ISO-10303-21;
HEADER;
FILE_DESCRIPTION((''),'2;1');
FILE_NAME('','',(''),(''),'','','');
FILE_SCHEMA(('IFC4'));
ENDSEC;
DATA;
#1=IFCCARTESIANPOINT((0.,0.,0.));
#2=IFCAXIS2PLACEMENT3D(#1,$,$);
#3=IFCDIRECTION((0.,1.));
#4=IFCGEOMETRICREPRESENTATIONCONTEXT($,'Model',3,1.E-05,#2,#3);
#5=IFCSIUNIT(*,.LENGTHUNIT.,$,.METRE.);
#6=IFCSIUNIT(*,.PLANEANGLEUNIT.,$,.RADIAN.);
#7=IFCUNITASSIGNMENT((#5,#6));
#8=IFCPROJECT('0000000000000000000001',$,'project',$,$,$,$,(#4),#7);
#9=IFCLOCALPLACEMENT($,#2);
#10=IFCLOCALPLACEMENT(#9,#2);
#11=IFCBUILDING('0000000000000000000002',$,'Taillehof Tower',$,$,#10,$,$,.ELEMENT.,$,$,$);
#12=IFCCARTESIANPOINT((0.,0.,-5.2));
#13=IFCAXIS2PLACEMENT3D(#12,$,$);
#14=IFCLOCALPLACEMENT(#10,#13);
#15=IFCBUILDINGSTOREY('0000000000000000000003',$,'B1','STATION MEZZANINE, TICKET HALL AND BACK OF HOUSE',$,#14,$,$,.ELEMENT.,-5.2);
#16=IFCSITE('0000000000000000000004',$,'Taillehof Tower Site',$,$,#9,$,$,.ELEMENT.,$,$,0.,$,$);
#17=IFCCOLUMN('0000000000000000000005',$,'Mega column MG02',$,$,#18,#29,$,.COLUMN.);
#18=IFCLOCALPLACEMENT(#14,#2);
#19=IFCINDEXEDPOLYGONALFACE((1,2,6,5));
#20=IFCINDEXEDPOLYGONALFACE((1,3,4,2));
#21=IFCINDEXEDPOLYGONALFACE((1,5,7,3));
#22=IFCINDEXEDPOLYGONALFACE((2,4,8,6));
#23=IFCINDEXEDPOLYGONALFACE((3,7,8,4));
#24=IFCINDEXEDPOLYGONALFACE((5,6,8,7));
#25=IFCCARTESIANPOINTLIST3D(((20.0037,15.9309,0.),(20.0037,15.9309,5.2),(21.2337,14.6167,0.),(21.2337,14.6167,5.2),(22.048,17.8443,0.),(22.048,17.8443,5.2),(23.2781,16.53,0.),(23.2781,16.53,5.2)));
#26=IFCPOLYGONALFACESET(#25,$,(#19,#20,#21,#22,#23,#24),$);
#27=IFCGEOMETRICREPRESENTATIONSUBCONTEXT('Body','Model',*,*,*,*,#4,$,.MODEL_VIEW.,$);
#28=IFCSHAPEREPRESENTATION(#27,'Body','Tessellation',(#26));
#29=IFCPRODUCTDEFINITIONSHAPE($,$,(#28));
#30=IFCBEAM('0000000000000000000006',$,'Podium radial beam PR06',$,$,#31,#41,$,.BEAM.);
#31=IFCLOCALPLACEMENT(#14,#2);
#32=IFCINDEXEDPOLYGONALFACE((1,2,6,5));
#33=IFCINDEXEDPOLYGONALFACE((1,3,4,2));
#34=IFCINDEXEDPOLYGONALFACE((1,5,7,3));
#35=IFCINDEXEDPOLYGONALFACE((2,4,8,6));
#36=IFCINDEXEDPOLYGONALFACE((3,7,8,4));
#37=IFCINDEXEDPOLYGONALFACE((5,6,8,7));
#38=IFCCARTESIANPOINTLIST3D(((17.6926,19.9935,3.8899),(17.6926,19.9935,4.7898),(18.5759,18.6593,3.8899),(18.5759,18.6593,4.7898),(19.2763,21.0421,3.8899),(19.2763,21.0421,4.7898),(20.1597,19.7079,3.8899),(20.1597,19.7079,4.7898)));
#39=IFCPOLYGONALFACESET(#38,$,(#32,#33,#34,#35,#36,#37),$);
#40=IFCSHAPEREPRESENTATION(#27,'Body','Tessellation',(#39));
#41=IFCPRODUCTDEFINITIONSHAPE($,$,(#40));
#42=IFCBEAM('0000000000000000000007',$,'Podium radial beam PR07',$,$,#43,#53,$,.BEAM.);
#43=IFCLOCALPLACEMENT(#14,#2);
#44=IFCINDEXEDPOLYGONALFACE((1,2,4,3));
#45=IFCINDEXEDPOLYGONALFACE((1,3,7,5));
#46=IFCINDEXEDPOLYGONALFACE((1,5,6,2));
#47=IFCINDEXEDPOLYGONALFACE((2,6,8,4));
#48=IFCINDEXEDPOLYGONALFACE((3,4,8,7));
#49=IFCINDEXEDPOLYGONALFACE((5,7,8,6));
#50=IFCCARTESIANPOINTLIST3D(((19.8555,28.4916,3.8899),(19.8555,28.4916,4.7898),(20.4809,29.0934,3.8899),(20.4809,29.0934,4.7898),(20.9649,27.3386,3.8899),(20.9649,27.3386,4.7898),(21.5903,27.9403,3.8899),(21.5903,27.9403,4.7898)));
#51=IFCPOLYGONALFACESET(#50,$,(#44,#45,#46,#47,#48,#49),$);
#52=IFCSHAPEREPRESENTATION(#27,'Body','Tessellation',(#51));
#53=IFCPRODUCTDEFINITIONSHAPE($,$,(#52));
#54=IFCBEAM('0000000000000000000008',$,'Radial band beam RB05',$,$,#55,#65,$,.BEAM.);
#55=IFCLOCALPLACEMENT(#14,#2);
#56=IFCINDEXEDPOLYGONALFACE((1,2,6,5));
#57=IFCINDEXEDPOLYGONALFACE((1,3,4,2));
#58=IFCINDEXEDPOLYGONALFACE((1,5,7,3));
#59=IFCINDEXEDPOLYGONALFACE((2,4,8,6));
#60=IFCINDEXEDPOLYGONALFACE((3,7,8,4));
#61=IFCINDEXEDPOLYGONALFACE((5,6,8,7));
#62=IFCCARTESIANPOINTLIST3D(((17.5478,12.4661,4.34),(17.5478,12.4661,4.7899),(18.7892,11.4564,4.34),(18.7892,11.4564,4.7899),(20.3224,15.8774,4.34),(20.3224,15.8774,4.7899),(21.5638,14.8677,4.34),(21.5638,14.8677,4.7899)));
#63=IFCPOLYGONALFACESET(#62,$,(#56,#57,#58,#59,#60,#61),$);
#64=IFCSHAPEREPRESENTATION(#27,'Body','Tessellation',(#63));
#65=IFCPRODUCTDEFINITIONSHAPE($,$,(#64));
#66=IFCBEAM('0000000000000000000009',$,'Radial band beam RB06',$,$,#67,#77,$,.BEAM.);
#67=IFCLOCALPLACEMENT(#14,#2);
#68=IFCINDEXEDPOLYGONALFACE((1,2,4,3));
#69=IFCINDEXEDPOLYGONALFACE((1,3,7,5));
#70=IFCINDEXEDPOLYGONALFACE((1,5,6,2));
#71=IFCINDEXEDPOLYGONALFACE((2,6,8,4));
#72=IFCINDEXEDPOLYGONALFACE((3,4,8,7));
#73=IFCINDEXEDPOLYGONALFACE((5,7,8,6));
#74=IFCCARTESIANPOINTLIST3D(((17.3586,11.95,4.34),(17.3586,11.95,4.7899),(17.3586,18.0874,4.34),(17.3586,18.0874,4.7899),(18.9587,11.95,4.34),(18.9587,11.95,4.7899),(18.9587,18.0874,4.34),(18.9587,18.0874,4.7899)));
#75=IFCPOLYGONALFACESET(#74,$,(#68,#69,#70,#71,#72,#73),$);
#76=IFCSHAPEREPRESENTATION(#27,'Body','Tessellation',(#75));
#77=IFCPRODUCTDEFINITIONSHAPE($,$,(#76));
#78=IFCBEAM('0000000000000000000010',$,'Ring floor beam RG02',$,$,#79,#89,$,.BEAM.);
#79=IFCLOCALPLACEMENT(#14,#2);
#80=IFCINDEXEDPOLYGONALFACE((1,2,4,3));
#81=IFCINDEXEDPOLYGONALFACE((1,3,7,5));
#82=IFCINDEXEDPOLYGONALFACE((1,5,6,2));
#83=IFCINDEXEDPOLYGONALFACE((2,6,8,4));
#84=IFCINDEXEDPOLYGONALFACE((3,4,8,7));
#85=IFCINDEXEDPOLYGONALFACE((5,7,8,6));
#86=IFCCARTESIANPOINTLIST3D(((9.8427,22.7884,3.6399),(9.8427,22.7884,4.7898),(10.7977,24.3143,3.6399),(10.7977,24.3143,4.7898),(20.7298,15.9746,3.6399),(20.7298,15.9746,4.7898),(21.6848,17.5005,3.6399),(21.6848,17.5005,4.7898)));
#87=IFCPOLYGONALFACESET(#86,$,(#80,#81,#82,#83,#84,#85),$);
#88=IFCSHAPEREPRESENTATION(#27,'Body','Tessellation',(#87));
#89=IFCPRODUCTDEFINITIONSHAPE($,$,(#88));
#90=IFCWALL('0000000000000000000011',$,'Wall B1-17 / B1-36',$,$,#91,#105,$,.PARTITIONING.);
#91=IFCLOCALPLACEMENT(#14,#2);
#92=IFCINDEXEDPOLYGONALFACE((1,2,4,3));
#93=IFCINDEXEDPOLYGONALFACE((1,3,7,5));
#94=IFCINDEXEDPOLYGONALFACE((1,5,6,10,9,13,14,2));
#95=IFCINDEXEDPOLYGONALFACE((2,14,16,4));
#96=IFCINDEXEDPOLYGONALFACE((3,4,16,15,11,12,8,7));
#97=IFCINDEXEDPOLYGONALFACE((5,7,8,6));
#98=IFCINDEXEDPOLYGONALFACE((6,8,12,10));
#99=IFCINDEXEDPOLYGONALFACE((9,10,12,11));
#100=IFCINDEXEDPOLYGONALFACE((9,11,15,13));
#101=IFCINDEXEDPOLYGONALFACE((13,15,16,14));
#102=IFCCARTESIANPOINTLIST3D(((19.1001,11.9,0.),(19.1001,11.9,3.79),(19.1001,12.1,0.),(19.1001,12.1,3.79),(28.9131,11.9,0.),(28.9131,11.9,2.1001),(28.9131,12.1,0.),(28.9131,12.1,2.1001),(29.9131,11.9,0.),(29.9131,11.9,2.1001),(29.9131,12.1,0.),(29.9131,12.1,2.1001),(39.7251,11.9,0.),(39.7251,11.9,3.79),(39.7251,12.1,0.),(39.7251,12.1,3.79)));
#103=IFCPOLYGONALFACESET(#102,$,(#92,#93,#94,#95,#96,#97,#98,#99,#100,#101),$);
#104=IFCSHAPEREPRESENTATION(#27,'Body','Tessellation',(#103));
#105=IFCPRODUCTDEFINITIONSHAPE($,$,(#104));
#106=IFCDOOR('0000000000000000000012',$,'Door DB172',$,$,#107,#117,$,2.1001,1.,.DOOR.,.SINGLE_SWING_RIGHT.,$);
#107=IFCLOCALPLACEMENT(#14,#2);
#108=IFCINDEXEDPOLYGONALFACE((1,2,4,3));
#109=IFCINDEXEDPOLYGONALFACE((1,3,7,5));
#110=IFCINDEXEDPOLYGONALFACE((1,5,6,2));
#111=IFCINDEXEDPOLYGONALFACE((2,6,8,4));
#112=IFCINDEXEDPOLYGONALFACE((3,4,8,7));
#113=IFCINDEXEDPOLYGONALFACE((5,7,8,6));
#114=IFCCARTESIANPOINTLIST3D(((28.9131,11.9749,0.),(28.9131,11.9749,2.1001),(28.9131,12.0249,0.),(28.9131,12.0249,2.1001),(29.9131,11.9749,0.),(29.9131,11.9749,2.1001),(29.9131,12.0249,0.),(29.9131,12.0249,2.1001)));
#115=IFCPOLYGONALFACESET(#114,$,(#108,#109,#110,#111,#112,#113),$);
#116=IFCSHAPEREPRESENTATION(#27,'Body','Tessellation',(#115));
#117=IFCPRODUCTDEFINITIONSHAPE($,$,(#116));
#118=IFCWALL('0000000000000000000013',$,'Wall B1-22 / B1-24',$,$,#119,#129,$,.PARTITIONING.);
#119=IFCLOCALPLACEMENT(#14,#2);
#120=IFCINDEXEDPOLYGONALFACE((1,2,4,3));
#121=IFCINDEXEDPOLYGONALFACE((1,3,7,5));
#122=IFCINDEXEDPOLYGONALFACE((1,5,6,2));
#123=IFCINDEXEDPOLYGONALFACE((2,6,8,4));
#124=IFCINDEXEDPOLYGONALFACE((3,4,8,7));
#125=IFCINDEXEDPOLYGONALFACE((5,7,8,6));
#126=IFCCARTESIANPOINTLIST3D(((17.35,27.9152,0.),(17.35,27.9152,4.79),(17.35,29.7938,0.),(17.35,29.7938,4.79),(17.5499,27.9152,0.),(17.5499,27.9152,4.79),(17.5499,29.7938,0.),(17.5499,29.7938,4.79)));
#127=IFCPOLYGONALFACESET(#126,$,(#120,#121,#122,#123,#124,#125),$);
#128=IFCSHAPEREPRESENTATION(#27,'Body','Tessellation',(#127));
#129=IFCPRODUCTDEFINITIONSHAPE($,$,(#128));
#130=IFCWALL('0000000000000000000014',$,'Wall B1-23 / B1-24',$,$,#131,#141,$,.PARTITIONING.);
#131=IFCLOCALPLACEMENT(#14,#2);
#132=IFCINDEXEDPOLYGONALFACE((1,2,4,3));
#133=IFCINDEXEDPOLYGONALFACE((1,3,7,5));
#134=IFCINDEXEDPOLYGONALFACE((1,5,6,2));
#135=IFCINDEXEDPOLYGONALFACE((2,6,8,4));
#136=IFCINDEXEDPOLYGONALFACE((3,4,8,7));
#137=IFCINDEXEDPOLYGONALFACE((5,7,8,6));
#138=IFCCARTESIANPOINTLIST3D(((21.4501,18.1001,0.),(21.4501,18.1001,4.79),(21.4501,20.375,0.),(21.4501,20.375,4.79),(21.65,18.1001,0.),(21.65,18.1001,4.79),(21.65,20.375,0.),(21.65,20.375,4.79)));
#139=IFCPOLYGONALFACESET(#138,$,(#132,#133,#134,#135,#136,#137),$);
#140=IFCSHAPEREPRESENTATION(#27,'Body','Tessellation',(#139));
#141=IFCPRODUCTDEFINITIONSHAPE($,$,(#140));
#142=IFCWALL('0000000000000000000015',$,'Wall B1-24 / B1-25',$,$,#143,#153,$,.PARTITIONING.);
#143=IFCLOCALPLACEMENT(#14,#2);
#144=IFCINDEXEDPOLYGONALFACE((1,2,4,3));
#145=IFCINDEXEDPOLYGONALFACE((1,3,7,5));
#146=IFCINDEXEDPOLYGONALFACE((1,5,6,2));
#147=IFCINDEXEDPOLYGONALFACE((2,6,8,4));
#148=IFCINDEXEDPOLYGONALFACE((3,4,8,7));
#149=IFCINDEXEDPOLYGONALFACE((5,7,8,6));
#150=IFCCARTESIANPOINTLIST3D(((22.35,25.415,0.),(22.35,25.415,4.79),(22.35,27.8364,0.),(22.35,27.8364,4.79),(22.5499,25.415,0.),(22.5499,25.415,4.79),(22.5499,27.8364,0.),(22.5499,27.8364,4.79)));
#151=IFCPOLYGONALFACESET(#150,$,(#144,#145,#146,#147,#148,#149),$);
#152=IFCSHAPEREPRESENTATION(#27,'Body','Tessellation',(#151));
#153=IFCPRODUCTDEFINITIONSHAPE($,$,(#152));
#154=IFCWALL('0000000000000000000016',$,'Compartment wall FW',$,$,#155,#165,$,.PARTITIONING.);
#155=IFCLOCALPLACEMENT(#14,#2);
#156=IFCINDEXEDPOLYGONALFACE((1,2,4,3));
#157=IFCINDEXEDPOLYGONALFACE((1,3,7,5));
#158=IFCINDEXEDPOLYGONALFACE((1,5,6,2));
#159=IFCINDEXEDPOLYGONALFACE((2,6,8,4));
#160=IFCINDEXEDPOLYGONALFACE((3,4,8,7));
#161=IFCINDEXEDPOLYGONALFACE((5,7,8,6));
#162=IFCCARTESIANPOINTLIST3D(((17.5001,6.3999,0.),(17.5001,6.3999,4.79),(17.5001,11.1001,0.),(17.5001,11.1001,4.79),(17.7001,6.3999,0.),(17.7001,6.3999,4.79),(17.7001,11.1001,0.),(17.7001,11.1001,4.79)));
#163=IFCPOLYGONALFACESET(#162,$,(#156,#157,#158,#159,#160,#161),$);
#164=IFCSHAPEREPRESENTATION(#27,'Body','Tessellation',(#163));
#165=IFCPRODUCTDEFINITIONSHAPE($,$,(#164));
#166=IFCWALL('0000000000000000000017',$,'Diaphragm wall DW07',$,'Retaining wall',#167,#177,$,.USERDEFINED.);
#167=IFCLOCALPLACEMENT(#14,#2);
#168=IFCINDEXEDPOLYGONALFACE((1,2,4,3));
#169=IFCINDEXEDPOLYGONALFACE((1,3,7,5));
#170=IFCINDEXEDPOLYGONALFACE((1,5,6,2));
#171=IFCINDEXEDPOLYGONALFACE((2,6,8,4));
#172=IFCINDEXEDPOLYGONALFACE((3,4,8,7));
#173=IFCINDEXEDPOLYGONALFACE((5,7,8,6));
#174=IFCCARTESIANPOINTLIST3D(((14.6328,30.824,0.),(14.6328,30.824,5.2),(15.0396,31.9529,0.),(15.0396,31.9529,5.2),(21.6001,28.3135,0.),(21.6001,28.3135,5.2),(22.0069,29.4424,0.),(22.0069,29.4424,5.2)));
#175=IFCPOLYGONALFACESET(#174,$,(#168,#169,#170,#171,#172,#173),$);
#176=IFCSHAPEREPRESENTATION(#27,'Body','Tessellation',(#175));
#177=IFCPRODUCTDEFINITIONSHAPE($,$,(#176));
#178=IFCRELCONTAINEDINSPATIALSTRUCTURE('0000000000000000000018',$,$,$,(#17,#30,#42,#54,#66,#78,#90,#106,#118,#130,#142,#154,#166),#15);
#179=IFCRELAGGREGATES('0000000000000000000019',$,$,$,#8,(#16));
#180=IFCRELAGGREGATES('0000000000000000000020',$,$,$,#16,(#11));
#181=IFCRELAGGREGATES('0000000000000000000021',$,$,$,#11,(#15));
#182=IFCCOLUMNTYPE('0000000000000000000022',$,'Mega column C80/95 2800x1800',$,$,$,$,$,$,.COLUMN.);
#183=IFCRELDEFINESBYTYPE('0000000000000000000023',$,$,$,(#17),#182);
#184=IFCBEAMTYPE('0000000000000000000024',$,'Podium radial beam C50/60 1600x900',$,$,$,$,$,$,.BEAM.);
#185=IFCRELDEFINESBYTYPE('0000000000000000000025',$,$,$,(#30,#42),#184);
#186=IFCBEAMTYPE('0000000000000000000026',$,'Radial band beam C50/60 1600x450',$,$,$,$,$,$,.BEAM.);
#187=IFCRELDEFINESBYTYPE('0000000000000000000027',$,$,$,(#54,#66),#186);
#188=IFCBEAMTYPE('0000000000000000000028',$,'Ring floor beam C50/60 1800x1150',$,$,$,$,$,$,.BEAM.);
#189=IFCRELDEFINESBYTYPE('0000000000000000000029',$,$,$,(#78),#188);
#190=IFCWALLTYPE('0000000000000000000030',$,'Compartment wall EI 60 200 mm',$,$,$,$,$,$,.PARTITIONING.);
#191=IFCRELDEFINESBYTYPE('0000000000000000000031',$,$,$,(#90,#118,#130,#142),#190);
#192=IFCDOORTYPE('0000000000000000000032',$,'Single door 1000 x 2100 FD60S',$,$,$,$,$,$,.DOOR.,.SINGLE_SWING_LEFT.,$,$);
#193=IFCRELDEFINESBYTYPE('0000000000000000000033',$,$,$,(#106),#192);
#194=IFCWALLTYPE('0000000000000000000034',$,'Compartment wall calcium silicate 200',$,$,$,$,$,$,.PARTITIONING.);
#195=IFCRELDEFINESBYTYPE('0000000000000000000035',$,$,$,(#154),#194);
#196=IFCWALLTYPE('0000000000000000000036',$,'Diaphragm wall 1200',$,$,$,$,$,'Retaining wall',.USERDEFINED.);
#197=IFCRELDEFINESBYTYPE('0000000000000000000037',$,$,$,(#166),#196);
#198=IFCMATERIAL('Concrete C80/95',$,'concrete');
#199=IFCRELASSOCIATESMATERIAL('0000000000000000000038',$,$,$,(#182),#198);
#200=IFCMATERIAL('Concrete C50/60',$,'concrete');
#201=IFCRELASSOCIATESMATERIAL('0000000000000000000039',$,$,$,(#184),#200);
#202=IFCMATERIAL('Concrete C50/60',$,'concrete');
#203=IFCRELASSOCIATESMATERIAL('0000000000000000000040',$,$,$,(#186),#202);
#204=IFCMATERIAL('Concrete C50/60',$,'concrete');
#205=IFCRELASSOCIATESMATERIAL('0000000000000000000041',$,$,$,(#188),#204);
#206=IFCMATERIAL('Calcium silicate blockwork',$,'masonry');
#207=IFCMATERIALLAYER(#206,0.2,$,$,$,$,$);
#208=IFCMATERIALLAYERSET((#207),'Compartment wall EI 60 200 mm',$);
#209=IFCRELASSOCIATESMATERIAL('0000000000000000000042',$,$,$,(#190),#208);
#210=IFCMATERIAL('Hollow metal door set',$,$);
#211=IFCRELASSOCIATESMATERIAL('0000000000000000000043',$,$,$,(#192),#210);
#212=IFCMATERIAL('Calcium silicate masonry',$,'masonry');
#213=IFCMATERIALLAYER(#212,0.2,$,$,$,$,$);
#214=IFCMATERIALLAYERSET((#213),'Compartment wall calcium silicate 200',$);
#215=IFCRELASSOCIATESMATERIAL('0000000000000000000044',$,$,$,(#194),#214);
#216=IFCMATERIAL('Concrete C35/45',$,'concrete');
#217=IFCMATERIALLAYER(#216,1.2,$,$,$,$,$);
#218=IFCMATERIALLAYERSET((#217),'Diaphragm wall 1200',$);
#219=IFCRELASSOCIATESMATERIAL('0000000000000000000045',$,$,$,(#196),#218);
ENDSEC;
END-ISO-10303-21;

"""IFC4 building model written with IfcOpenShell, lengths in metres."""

from ifc_helpers import new_model, si_unit, direction, frame, frame_2d, origin, origin_2d, place, context, subcontext, project, spatial, rectangle, extrude, material, layer, layer_set, material_profile, profile_set, type_object, element, fill, save


model = new_model("IFC4")

# Units and contexts
model_context = context("Model", 3, precision=1e-05, world=origin(), true_north=direction((0.0, 1.0)))
body_context = subcontext(model_context, "Body", "Model", "MODEL_VIEW")
ifc_project = project(units=[si_unit("LENGTHUNIT", "METRE"), si_unit("PLANEANGLEUNIT", "RADIAN")], contexts=[model_context])

# Site, building, storey
site_placement = place(None, origin())
site = spatial("IfcSite", under=ifc_project, at=site_placement, Name="Taillehof Tower Site", CompositionType="ELEMENT", RefElevation=0.0)
building_placement = place(site_placement, origin())
building = spatial("IfcBuilding", under=site, at=building_placement, Name="Taillehof Tower", CompositionType="ELEMENT")
storey_placement = place(building_placement, frame((0.0, 0.0, -5.2)))
storey = spatial("IfcBuildingStorey", under=building, at=storey_placement, Name="B1", Description="STATION MEZZANINE, TICKET HALL AND BACK OF HOUSE", CompositionType="ELEMENT", Elevation=-5.2)

# Column
ifc_material_1 = material(Name="Concrete C80/95", Category="concrete")
ifc_material_profile_1 = material_profile(ifc_material_1, rectangle(XDim=2.8, YDim=1.8, at=origin_2d()), Name="RC 2800x1800")
ifc_profile_set_1 = profile_set([ifc_material_profile_1], Name="Concrete C80/95")
column_type = type_object("IfcColumnType", Name="Mega column C80/95 2800x1800", PredefinedType="COLUMN", material=ifc_profile_set_1)
column_placement = place(storey_placement, frame((21.6409, 16.2305, 0.0), z_axis=(0.0, 0.0, 1.0), x_axis=(0.730113, 0.683326, 0.0)))
element("IfcColumn", 1, at=column_placement, inside=storey, type_object=column_type, Name="Mega column MG02", PredefinedType="COLUMN", context=body_context, shape_type="SweptSolid", body=[
    extrude(rectangle(XDim=2.8, YDim=1.8, at=origin_2d()), origin(), (0.0, 0.0, 1.0), 5.2),
])

# Beams
ifc_material_2 = material(Name="Concrete C50/60", Category="concrete")
ifc_material_profile_2 = material_profile(ifc_material_2, rectangle(XDim=1.6001, YDim=0.8999, at=origin_2d()), Name="RC 1600x900")
ifc_profile_set_2 = profile_set([ifc_material_profile_2], Name="Concrete C50/60")
beam_type_1 = type_object("IfcBeamType", Name="Podium radial beam C50/60 1600x900", PredefinedType="BEAM", material=ifc_profile_set_2)
beam_1_placement = place(storey_placement, frame((19.718, 20.375, 4.3398), z_axis=(-0.833806, -0.552057, 0.0), x_axis=(0.552057, -0.833806, 0.0)))
element("IfcBeam", 2, at=beam_1_placement, inside=storey, type_object=beam_type_1, Name="Podium radial beam PR06", PredefinedType="BEAM", context=body_context, shape_type="SweptSolid", body=[
    extrude(rectangle(XDim=1.6001, YDim=0.8999, at=origin_2d()), origin(), (0.0, 0.0, 1.0), 1.8994),
])
beam_2_placement = place(storey_placement, frame((21.0356, 28.5168, 4.3398), z_axis=(-0.720617, -0.693334, 0.0), x_axis=(0.693334, -0.720617, 0.0)))
element("IfcBeam", 3, at=beam_2_placement, inside=storey, type_object=beam_type_1, Name="Podium radial beam PR07", PredefinedType="BEAM", context=body_context, shape_type="SweptSolid", body=[
    extrude(rectangle(XDim=1.6001, YDim=0.8999, at=origin_2d()), origin(), (0.0, 0.0, 1.0), 0.8679),
])
ifc_material_3 = material(Name="Concrete C50/60", Category="concrete")
ifc_material_profile_3 = material_profile(ifc_material_3, rectangle(XDim=1.6001, YDim=0.45, at=origin_2d()), Name="RC 1600x450")
ifc_profile_set_3 = profile_set([ifc_material_profile_3], Name="Concrete C50/60")
beam_type_2 = type_object("IfcBeamType", Name="Radial band beam C50/60 1600x450", PredefinedType="BEAM", material=ifc_profile_set_3)
beam_3_placement = place(storey_placement, frame((20.9431, 15.3726, 4.5649), z_axis=(-0.630992, -0.77579, 0.0), x_axis=(0.77579, -0.630992, 0.0)))
element("IfcBeam", 4, at=beam_3_placement, inside=storey, type_object=beam_type_2, Name="Radial band beam RB05", PredefinedType="BEAM", context=body_context, shape_type="SweptSolid", body=[
    extrude(rectangle(XDim=1.6001, YDim=0.45, at=origin_2d()), origin(), (0.0, 0.0, 1.0), 4.3972),
])
beam_4_placement = place(storey_placement, frame((18.1587, 18.0874, 4.5649), z_axis=(0.0, -1.0, 0.0), x_axis=(1.0, 0.0, 0.0)))
element("IfcBeam", 5, at=beam_4_placement, inside=storey, type_object=beam_type_2, Name="Radial band beam RB06", PredefinedType="BEAM", context=body_context, shape_type="SweptSolid", body=[
    extrude(rectangle(XDim=1.6001, YDim=0.45, at=origin_2d()), origin(), (0.0, 0.0, 1.0), 6.1375),
])
ifc_material_4 = material(Name="Concrete C50/60", Category="concrete")
ifc_material_profile_4 = material_profile(ifc_material_4, rectangle(XDim=1.8, YDim=1.1499, at=origin_2d()), Name="RC 1800x1150")
ifc_profile_set_4 = profile_set([ifc_material_profile_4], Name="Concrete C50/60")
beam_type_3 = type_object("IfcBeamType", Name="Ring floor beam C50/60 1800x1150", PredefinedType="BEAM", material=ifc_profile_set_4)
beam_5_placement = place(storey_placement, frame((21.2073, 16.7375, 4.2148), z_axis=(-0.84767, 0.530523, 0.0), x_axis=(-0.530523, -0.84767, 0.0)))
element("IfcBeam", 6, at=beam_5_placement, inside=storey, type_object=beam_type_3, Name="Ring floor beam RG02", PredefinedType="BEAM", context=body_context, shape_type="SweptSolid", body=[
    extrude(rectangle(XDim=1.8, YDim=1.1499, at=origin_2d()), origin(), (0.0, 0.0, 1.0), 12.8435),
])

# Wall, opening, door
ifc_material_5 = material(Name="Calcium silicate blockwork", Category="masonry")
ifc_layer_1 = layer(ifc_material_5, 0.2)
ifc_layer_set_1 = layer_set([ifc_layer_1], Name="Compartment wall EI 60 200 mm")
wall_type_1 = type_object("IfcWallType", Name="Compartment wall EI 60 200 mm", PredefinedType="PARTITIONING", material=ifc_layer_set_1)
wall_1_placement = place(storey_placement, frame((19.1001, 12.0, 0.0), z_axis=(0.0, 0.0, 1.0), x_axis=(1.0, 0.0, 0.0)))
wall_1 = element("IfcWall", 7, at=wall_1_placement, inside=storey, type_object=wall_type_1, Name="Wall B1-17 / B1-36", PredefinedType="PARTITIONING", context=body_context, shape_type="SweptSolid", body=[
    extrude(rectangle(XDim=20.625, YDim=0.2, at=frame_2d((10.3125, 0.0))), origin(), (0.0, 0.0, 1.0), 3.79),
])
opening_1_placement = place(wall_1_placement, frame((9.813, 0.0, 0.0)))
opening_1 = element("IfcOpeningElement", 8, at=opening_1_placement, cuts=wall_1, PredefinedType="OPENING", context=body_context, shape_type="SweptSolid", body=[
    extrude(rectangle(XDim=1.0, YDim=2.1001, at=frame_2d((0.5, 1.05))), frame((0.0, 0.1099, 0.0), z_axis=(0.0, -1.0, 0.0), x_axis=(1.0, 0.0, 0.0)), (0.0, 0.0, 1.0), 0.22),
])
ifc_material_6 = material(Name="Hollow metal door set")
door_type_1 = type_object("IfcDoorType", Name="Single door 1000 x 2100 FD60S", OperationType="SINGLE_SWING_LEFT", PredefinedType="DOOR", material=ifc_material_6)
door_1_placement = place(opening_1_placement, origin())
door_1 = element("IfcDoor", 9, at=door_1_placement, inside=storey, type_object=door_type_1, Name="Door DB172", OperationType="SINGLE_SWING_RIGHT", OverallHeight=2.1001, OverallWidth=1.0, PredefinedType="DOOR", context=body_context, shape_type="SweptSolid", body=[
    extrude(rectangle(XDim=1.0, YDim=2.1001, at=frame_2d((0.5, 1.05))), frame((0.0, 0.0249, 0.0), z_axis=(0.0, -1.0, 0.0), x_axis=(1.0, 0.0, 0.0)), (0.0, 0.0, 1.0), 0.05),
])
fill(opening_1, door_1)

# Walls
wall_2_placement = place(storey_placement, frame((17.45, 27.915, 0.0), z_axis=(0.0, 0.0, 1.0), x_axis=(0.0, 1.0, 0.0)))
element("IfcWall", 10, at=wall_2_placement, inside=storey, type_object=wall_type_1, Name="Wall B1-22 / B1-24", PredefinedType="PARTITIONING", context=body_context, shape_type="SweptSolid", body=[
    extrude(rectangle(XDim=1.8787, YDim=0.2, at=frame_2d((0.9395, 0.0))), origin(), (0.0, 0.0, 1.0), 4.79),
])
wall_3_placement = place(storey_placement, frame((21.55, 18.1001, 0.0), z_axis=(0.0, 0.0, 1.0), x_axis=(0.0, 1.0, 0.0)))
element("IfcWall", 11, at=wall_3_placement, inside=storey, type_object=wall_type_1, Name="Wall B1-23 / B1-24", PredefinedType="PARTITIONING", context=body_context, shape_type="SweptSolid", body=[
    extrude(rectangle(XDim=2.2749, YDim=0.2, at=frame_2d((1.1375, 0.0))), origin(), (0.0, 0.0, 1.0), 4.79),
])
wall_4_placement = place(storey_placement, frame((22.45, 25.415, 0.0), z_axis=(0.0, 0.0, 1.0), x_axis=(0.0, 1.0, 0.0)))
element("IfcWall", 12, at=wall_4_placement, inside=storey, type_object=wall_type_1, Name="Wall B1-24 / B1-25", PredefinedType="PARTITIONING", context=body_context, shape_type="SweptSolid", body=[
    extrude(rectangle(XDim=2.4214, YDim=0.2, at=frame_2d((1.2107, 0.0))), origin(), (0.0, 0.0, 1.0), 4.79),
])
ifc_material_7 = material(Name="Calcium silicate masonry", Category="masonry")
ifc_layer_2 = layer(ifc_material_7, 0.2)
ifc_layer_set_2 = layer_set([ifc_layer_2], Name="Compartment wall calcium silicate 200")
wall_type_2 = type_object("IfcWallType", Name="Compartment wall calcium silicate 200", PredefinedType="PARTITIONING", material=ifc_layer_set_2)
wall_5_placement = place(storey_placement, frame((17.6001, 6.3999, 0.0), z_axis=(0.0, 0.0, 1.0), x_axis=(0.0, 1.0, 0.0)))
element("IfcWall", 13, at=wall_5_placement, inside=storey, type_object=wall_type_2, Name="Compartment wall FW", PredefinedType="PARTITIONING", context=body_context, shape_type="SweptSolid", body=[
    extrude(rectangle(XDim=4.7002, YDim=0.2, at=frame_2d((2.3501, 0.0))), origin(), (0.0, 0.0, 1.0), 4.79),
])
ifc_material_8 = material(Name="Concrete C35/45", Category="concrete")
ifc_layer_3 = layer(ifc_material_8, 1.2)
ifc_layer_set_3 = layer_set([ifc_layer_3], Name="Diaphragm wall 1200")
wall_type_3 = type_object("IfcWallType", Name="Diaphragm wall 1200", ElementType="Retaining wall", PredefinedType="USERDEFINED", material=ifc_layer_set_3)
wall_6_placement = place(storey_placement, frame((21.8035, 28.8779, 0.0), z_axis=(0.0, 0.0, 1.0), x_axis=(-0.940789, 0.338991, 0.0)))
element("IfcWall", 14, at=wall_6_placement, inside=storey, type_object=wall_type_3, Name="Diaphragm wall DW07", ObjectType="Retaining wall", PredefinedType="USERDEFINED", context=body_context, shape_type="SweptSolid", body=[
    extrude(rectangle(XDim=7.4058, YDim=1.2, at=frame_2d((3.7029, 0.0))), origin(), (0.0, 0.0, 1.0), 5.2),
])

save(model, "model.ifc")
